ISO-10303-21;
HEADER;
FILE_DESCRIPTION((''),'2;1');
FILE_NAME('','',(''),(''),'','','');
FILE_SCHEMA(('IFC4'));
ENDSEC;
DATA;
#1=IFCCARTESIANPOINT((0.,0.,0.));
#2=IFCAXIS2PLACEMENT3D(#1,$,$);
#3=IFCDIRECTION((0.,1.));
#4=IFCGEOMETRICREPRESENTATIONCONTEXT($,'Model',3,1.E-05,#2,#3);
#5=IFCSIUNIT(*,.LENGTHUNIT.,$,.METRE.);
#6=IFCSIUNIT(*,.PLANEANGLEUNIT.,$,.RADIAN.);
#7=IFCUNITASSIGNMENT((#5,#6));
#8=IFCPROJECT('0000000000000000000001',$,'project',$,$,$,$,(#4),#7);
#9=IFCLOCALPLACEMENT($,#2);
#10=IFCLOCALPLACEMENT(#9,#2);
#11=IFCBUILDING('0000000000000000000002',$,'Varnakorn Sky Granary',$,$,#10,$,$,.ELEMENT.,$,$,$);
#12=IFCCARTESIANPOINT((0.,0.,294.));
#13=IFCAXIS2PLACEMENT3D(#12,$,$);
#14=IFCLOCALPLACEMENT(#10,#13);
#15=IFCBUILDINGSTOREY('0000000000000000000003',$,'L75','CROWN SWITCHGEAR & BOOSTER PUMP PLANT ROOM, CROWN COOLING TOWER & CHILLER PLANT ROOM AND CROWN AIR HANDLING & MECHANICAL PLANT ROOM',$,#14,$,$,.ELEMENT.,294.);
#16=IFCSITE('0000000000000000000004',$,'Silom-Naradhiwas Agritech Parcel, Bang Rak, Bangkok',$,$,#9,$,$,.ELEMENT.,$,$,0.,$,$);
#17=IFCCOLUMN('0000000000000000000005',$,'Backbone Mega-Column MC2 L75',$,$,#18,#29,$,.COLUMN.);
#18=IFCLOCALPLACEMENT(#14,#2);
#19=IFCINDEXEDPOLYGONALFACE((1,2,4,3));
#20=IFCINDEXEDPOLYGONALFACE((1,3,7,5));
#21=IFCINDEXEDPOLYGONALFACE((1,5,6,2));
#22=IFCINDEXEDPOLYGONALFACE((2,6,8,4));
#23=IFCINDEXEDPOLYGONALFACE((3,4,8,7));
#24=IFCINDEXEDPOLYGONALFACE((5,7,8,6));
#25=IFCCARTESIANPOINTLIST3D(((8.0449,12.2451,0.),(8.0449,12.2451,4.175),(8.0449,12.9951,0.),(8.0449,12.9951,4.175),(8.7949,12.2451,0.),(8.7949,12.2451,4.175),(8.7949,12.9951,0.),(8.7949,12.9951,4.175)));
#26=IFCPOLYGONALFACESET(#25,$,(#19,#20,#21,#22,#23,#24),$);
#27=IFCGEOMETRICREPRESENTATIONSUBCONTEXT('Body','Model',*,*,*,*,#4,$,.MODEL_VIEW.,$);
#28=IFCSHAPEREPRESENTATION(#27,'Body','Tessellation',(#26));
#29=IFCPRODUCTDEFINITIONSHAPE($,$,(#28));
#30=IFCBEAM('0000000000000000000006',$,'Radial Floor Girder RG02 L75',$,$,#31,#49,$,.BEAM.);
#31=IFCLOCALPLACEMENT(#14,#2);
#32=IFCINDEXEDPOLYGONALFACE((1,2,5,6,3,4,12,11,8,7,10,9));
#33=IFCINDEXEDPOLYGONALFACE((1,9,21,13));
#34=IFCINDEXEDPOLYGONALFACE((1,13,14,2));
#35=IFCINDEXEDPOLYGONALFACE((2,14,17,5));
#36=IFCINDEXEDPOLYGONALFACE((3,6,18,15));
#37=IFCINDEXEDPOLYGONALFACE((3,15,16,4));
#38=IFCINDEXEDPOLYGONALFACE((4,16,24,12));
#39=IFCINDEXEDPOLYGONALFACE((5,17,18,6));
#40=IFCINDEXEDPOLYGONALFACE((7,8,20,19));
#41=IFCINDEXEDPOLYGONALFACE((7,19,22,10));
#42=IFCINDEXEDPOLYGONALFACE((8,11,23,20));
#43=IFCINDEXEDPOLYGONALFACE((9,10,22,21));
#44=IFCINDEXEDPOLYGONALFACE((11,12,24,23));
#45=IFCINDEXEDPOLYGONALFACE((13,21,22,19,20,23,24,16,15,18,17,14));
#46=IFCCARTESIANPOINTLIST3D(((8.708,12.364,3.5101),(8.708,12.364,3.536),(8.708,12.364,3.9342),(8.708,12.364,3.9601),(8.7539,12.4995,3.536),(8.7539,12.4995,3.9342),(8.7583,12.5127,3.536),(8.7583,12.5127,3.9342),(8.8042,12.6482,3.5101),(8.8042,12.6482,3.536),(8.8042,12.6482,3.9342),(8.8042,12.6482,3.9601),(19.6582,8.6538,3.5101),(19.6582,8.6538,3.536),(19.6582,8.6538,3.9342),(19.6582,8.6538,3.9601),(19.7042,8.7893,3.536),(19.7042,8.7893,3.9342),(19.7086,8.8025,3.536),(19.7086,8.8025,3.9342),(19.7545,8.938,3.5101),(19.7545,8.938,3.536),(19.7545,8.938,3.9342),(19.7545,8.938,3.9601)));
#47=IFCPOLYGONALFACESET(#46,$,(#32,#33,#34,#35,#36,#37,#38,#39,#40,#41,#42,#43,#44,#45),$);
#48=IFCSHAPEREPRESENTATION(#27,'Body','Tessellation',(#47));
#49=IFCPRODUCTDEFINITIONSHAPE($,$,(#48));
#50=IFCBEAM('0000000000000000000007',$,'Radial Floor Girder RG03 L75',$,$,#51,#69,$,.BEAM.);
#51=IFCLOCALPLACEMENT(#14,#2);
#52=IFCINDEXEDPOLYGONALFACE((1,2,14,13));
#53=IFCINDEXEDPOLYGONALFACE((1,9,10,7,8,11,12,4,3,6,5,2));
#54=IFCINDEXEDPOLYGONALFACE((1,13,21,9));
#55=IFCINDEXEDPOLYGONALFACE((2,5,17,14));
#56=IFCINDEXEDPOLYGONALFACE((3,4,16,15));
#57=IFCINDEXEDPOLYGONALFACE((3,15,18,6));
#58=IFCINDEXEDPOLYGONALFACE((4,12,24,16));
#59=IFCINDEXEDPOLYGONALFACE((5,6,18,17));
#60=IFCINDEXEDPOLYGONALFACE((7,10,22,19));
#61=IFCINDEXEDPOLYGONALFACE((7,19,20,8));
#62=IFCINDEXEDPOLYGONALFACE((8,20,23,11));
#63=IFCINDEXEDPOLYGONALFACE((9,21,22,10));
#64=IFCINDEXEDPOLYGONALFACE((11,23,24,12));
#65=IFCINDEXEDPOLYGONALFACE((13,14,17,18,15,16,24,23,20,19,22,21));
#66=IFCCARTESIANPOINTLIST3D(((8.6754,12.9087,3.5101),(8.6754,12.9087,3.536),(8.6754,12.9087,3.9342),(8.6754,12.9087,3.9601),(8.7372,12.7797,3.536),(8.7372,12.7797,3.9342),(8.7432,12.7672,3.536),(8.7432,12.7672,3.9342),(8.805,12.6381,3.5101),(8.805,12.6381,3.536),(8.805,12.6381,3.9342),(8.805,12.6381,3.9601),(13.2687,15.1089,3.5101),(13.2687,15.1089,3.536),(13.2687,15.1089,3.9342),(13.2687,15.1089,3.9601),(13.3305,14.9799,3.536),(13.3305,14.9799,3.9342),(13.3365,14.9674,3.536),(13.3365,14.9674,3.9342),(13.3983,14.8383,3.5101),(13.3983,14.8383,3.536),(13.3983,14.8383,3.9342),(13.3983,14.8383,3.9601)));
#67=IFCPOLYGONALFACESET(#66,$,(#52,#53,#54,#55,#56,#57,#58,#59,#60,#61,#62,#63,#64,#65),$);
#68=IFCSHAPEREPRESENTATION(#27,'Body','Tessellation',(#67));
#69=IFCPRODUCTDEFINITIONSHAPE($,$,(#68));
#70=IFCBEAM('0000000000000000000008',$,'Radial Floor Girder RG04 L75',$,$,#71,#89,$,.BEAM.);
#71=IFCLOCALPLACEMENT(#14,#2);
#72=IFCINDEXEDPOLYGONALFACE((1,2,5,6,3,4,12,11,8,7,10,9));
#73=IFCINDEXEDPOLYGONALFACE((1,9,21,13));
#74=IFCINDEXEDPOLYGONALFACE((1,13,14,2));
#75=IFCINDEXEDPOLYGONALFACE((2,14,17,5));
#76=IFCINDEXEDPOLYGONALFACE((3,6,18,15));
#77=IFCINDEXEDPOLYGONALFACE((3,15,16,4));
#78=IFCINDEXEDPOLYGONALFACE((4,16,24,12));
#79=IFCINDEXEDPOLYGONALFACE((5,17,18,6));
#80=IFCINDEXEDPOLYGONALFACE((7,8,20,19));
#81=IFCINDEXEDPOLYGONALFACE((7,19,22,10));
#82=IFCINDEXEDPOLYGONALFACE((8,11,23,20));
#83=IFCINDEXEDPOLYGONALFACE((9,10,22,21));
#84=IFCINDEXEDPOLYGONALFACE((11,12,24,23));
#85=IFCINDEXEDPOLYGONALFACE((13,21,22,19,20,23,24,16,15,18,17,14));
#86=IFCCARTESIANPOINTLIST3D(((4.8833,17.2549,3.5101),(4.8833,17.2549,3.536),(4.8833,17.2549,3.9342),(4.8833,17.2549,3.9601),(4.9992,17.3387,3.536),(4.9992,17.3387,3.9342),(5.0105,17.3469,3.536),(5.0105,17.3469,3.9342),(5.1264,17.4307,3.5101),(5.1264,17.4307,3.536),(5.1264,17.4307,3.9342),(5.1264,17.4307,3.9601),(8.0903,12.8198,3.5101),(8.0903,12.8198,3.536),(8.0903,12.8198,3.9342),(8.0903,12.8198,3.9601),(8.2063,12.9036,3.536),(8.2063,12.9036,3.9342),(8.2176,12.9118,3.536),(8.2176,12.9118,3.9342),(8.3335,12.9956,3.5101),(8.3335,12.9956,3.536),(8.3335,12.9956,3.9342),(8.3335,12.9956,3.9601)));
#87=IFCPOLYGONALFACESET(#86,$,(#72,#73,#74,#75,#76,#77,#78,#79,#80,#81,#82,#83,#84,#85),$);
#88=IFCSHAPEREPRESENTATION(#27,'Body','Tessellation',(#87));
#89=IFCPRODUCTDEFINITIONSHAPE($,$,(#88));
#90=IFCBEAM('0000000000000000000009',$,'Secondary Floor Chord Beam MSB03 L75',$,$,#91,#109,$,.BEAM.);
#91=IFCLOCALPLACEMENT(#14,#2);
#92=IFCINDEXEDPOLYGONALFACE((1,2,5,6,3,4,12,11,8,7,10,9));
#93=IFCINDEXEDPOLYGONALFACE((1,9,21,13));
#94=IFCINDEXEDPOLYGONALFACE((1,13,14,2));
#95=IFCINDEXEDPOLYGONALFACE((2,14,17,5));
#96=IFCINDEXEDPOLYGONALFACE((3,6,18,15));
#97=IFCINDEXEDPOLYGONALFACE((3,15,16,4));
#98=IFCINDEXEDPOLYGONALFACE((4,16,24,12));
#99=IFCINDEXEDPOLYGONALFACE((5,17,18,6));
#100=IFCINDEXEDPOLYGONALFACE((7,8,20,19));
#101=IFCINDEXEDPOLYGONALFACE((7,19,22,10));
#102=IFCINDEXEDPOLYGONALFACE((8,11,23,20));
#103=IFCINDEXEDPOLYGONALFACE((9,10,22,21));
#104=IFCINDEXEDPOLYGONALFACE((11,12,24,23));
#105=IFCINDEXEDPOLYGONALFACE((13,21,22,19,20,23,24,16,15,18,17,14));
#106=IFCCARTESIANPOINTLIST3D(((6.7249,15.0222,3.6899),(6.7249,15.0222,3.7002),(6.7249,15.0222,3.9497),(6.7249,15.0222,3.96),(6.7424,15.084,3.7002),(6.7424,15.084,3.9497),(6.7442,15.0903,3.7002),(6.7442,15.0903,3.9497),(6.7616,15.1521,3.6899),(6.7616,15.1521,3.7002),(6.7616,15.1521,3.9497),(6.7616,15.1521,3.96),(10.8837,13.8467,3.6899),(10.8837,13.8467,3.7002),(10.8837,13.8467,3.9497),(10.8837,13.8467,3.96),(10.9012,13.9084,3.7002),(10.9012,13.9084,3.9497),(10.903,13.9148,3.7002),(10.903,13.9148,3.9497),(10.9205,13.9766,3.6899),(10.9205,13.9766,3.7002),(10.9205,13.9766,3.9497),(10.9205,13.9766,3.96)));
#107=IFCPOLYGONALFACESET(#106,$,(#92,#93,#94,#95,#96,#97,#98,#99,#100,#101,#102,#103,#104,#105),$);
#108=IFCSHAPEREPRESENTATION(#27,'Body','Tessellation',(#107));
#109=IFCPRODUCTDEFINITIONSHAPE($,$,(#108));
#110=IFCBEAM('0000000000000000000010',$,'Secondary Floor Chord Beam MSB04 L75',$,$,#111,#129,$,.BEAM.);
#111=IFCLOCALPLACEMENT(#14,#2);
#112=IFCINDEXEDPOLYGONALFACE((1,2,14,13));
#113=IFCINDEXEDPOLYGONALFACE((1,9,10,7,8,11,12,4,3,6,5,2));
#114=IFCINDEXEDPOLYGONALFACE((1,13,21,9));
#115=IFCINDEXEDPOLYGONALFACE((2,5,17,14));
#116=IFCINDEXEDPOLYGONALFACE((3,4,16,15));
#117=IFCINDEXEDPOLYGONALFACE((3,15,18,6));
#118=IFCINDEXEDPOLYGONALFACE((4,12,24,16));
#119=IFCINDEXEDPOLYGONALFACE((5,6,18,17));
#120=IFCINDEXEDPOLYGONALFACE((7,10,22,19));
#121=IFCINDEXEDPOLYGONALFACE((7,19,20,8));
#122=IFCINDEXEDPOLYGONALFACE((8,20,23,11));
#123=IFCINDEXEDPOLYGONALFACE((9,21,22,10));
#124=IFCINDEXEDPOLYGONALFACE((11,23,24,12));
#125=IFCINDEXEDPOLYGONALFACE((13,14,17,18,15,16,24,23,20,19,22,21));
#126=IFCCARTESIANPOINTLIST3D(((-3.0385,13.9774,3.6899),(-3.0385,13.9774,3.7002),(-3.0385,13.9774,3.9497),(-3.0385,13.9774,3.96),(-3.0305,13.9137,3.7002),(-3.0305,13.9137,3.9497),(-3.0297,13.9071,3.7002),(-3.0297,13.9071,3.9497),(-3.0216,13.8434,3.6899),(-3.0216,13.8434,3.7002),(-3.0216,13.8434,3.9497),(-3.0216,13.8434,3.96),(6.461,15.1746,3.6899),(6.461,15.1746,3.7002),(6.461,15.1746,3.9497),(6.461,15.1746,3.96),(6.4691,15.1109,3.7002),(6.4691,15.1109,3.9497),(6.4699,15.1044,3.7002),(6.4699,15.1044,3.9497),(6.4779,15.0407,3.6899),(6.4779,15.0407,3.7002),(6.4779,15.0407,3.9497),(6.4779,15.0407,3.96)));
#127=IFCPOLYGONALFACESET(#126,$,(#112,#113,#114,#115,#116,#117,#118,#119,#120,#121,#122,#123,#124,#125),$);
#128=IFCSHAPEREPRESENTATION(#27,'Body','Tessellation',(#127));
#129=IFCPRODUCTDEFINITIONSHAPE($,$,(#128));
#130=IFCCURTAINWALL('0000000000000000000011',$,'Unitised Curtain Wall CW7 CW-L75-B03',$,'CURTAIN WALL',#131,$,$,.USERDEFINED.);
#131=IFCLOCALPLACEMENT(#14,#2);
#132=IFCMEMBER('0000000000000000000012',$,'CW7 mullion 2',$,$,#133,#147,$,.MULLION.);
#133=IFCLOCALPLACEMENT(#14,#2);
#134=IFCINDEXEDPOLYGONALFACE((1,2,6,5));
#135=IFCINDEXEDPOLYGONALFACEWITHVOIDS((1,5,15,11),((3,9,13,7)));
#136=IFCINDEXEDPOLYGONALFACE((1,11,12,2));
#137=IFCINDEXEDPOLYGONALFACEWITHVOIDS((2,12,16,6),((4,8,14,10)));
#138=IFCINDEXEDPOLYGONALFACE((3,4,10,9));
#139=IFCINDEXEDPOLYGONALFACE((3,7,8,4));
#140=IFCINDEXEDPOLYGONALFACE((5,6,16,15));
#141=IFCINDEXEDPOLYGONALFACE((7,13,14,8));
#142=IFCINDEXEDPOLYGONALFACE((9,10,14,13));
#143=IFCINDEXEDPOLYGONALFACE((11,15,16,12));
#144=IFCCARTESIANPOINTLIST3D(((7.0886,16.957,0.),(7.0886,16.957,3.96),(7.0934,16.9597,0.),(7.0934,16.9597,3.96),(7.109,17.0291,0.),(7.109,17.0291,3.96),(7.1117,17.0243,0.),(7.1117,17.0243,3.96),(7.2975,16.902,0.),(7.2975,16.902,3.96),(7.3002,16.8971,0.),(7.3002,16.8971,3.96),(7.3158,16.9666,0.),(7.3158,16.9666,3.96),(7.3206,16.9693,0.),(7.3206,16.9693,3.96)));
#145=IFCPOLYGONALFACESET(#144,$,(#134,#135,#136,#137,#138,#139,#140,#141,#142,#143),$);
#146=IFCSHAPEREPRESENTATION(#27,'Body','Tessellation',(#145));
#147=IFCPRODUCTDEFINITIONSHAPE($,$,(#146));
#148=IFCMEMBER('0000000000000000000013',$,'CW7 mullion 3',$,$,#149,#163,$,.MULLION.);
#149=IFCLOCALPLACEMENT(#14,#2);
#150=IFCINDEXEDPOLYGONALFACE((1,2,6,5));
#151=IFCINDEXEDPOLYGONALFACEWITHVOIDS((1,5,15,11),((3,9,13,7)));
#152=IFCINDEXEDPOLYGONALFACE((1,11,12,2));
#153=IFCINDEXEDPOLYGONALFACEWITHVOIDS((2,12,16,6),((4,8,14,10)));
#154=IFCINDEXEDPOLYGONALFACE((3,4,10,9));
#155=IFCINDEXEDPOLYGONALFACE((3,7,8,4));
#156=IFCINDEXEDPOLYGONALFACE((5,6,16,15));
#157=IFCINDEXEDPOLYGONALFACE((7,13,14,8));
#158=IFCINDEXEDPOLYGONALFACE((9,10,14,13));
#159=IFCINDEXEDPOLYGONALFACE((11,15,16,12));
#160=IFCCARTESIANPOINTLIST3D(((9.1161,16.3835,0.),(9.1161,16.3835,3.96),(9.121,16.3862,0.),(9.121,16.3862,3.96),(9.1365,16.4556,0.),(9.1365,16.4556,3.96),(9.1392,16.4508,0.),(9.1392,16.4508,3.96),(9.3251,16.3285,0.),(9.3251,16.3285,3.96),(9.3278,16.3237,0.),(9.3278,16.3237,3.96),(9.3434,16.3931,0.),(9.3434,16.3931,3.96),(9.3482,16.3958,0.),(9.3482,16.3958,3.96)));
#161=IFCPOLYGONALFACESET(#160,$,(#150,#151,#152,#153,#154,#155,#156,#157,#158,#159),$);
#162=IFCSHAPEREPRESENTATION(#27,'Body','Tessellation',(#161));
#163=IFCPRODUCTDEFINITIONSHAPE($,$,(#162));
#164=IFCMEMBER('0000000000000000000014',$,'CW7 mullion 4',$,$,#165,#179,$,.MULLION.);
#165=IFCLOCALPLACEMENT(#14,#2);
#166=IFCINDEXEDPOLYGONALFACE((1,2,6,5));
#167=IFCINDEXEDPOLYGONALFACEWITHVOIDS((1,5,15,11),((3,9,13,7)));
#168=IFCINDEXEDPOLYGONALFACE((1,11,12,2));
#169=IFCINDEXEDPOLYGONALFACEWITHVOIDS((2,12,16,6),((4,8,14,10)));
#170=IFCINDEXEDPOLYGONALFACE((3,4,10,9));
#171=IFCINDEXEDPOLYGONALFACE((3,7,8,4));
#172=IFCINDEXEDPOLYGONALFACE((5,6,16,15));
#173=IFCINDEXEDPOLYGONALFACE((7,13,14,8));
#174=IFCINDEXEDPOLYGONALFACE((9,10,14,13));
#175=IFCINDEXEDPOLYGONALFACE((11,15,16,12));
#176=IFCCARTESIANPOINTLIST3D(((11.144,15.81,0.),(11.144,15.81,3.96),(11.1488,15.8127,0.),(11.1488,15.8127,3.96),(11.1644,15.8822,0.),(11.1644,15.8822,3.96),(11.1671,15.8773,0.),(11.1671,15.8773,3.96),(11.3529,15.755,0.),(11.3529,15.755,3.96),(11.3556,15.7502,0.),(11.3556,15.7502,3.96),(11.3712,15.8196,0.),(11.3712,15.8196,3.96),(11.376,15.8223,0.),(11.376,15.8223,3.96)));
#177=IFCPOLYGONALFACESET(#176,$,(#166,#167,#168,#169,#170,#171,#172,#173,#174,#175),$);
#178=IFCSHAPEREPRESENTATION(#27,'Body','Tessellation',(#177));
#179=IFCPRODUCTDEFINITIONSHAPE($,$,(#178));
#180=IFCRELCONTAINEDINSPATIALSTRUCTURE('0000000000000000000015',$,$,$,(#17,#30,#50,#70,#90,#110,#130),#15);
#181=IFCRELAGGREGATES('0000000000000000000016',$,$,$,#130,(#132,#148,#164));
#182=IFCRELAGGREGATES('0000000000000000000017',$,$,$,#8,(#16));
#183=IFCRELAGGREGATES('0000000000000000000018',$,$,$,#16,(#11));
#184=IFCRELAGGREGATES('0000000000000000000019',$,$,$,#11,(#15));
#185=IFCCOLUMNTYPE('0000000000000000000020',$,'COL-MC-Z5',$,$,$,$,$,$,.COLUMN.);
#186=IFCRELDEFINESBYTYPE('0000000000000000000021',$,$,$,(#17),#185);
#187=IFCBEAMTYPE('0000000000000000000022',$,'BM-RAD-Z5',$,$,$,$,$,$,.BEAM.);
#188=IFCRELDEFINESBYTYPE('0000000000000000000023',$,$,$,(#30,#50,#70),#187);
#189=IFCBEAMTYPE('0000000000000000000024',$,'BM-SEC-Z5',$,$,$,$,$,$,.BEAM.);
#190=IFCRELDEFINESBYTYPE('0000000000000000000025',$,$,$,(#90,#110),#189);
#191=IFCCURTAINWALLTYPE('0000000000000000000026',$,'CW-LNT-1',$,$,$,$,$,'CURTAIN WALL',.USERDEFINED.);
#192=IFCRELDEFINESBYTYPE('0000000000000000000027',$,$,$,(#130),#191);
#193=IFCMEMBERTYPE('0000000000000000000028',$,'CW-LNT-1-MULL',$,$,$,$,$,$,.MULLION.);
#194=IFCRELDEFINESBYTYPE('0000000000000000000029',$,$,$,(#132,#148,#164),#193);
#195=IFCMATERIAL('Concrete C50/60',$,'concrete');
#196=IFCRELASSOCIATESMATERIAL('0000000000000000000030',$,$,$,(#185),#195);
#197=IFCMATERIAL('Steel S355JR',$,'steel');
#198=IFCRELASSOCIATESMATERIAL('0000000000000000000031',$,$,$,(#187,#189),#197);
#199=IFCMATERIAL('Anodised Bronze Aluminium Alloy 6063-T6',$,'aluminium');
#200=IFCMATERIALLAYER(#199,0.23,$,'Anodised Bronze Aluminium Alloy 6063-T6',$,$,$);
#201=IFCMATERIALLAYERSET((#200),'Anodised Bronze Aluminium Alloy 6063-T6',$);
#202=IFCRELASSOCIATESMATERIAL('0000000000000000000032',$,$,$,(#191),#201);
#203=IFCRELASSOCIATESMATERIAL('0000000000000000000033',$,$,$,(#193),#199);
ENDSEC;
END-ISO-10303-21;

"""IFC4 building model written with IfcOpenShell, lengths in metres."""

from ifc_helpers import new_model, si_unit, direction, frame, origin, origin_2d, place, context, subcontext, project, spatial, rectangle, hollow_rectangle, i_section, extrude, material, layer, layer_set, material_profile, profile_set, type_object, element, aggregate, save


model = new_model("IFC4")

# Units and contexts
model_context = context("Model", 3, precision=1e-05, world=origin(), true_north=direction((0.0, 1.0)))
body_context = subcontext(model_context, "Body", "Model", "MODEL_VIEW")
ifc_project = project(units=[si_unit("LENGTHUNIT", "METRE"), si_unit("PLANEANGLEUNIT", "RADIAN")], contexts=[model_context])

# Site, building, storey
site_placement = place(None, origin())
site = spatial("IfcSite", under=ifc_project, at=site_placement, Name="Silom-Naradhiwas Agritech Parcel, Bang Rak, Bangkok", CompositionType="ELEMENT", RefElevation=0.0)
building_placement = place(site_placement, origin())
building = spatial("IfcBuilding", under=site, at=building_placement, Name="Varnakorn Sky Granary", CompositionType="ELEMENT")
storey_placement = place(building_placement, frame((0.0, 0.0, 294.0)))
storey = spatial("IfcBuildingStorey", under=building, at=storey_placement, Name="L75", Description="CROWN SWITCHGEAR & BOOSTER PUMP PLANT ROOM, CROWN COOLING TOWER & CHILLER PLANT ROOM AND CROWN AIR HANDLING & MECHANICAL PLANT ROOM", CompositionType="ELEMENT", Elevation=294.0)

# Column
ifc_material_1 = material(Name="Concrete C50/60", Category="concrete")
ifc_material_profile_1 = material_profile(ifc_material_1, rectangle(XDim=0.75, YDim=0.75, at=origin_2d()), Name="RC 750x750")
ifc_profile_set_1 = profile_set([ifc_material_profile_1], Name="Concrete C50/60")
column_type = type_object("IfcColumnType", Name="COL-MC-Z5", PredefinedType="COLUMN", material=ifc_profile_set_1)
column_placement = place(storey_placement, frame((8.4199, 12.6201, 0.0), z_axis=(0.0, 0.0, 1.0), x_axis=(1.0, 0.0, 0.0)))
element("IfcColumn", 1, at=column_placement, inside=storey, type_object=column_type, Name="Backbone Mega-Column MC2 L75", PredefinedType="COLUMN", context=body_context, shape_type="SweptSolid", body=[
    extrude(rectangle(XDim=0.75, YDim=0.75, at=origin_2d()), origin(), (0.0, 0.0, 1.0), 4.175),
])

# Beams
ifc_material_2 = material(Name="Steel S355JR", Category="steel")
ifc_material_profile_2 = material_profile(ifc_material_2, i_section(OverallWidth=0.3, OverallDepth=0.45, WebThickness=0.0139, FlangeThickness=0.0259, at=origin_2d()), Name="HE 450 B")
ifc_profile_set_2 = profile_set([ifc_material_profile_2], Name="Steel S355JR")
beam_type_1 = type_object("IfcBeamType", Name="BM-RAD-Z5", PredefinedType="BEAM", material=ifc_profile_set_2)
beam_1_placement = place(storey_placement, frame((8.7561, 12.5061, 3.7351), z_axis=(0.947111, -0.320905, 0.0), x_axis=(0.320905, 0.947111, 0.0)))
element("IfcBeam", 2, at=beam_1_placement, inside=storey, type_object=beam_type_1, Name="Radial Floor Girder RG02 L75", PredefinedType="BEAM", context=body_context, shape_type="SweptSolid", body=[
    extrude(i_section(OverallWidth=0.3, OverallDepth=0.45, WebThickness=0.0139, FlangeThickness=0.0259, at=origin_2d()), origin(), (0.0, 0.0, 1.0), 11.5618),
])
beam_2_placement = place(storey_placement, frame((8.7402, 12.7734, 3.7351), z_axis=(0.901873, 0.432002, 0.0), x_axis=(-0.432002, 0.901873, 0.0)))
element("IfcBeam", 3, at=beam_2_placement, inside=storey, type_object=beam_type_1, Name="Radial Floor Girder RG03 L75", PredefinedType="BEAM", context=body_context, shape_type="SweptSolid", body=[
    extrude(i_section(OverallWidth=0.3, OverallDepth=0.45, WebThickness=0.0139, FlangeThickness=0.0259, at=origin_2d()), origin(), (0.0, 0.0, 1.0), 5.093),
])
beam_3_placement = place(storey_placement, frame((8.2119, 12.9077, 3.7351), z_axis=(-0.585963, 0.810338, 0.0), x_axis=(-0.810338, -0.585963, 0.0)))
element("IfcBeam", 4, at=beam_3_placement, inside=storey, type_object=beam_type_1, Name="Radial Floor Girder RG04 L75", PredefinedType="BEAM", context=body_context, shape_type="SweptSolid", body=[
    extrude(i_section(OverallWidth=0.3, OverallDepth=0.45, WebThickness=0.0139, FlangeThickness=0.0259, at=origin_2d()), origin(), (0.0, 0.0, 1.0), 5.4731),
])
ifc_material_profile_3 = material_profile(ifc_material_2, i_section(OverallWidth=0.135, OverallDepth=0.27, WebThickness=0.0066, FlangeThickness=0.0103, at=origin_2d()), Name="IPE 270")
ifc_profile_set_3 = profile_set([ifc_material_profile_3], Name="Steel S355JR")
beam_type_2 = type_object("IfcBeamType", Name="BM-SEC-Z5", PredefinedType="BEAM", material=ifc_profile_set_3)
beam_4_placement = place(storey_placement, frame((10.9021, 13.9116, 3.825), z_axis=(-0.962298, 0.271997, 0.0), x_axis=(-0.271997, -0.962298, 0.0)))
element("IfcBeam", 5, at=beam_4_placement, inside=storey, type_object=beam_type_2, Name="Secondary Floor Chord Beam MSB03 L75", PredefinedType="BEAM", context=body_context, shape_type="SweptSolid", body=[
    extrude(i_section(OverallWidth=0.135, OverallDepth=0.27, WebThickness=0.0066, FlangeThickness=0.0103, at=origin_2d()), origin(), (0.0, 0.0, 1.0), 4.3218),
])
beam_5_placement = place(storey_placement, frame((6.4695, 15.1077, 3.825), z_axis=(-0.992151, -0.125045, 0.0), x_axis=(0.125045, -0.992151, 0.0)))
element("IfcBeam", 6, at=beam_5_placement, inside=storey, type_object=beam_type_2, Name="Secondary Floor Chord Beam MSB04 L75", PredefinedType="BEAM", context=body_context, shape_type="SweptSolid", body=[
    extrude(i_section(OverallWidth=0.135, OverallDepth=0.27, WebThickness=0.0066, FlangeThickness=0.0103, at=origin_2d()), origin(), (0.0, 0.0, 1.0), 9.5747),
])

# Curtain wall, members
ifc_material_3 = material(Name="Anodised Bronze Aluminium Alloy 6063-T6", Category="aluminium")
ifc_layer_1 = layer(ifc_material_3, 0.23, Name="Anodised Bronze Aluminium Alloy 6063-T6")
ifc_layer_set_1 = layer_set([ifc_layer_1], Name="Anodised Bronze Aluminium Alloy 6063-T6")
curtain_wall_type = type_object("IfcCurtainWallType", Name="CW-LNT-1", ElementType="CURTAIN WALL", PredefinedType="USERDEFINED", material=ifc_layer_set_1)
curtain_wall_placement = place(storey_placement, origin())
curtain_wall = element("IfcCurtainWall", 7, at=curtain_wall_placement, inside=storey, type_object=curtain_wall_type, Name="Unitised Curtain Wall CW7 CW-L75-B03", ObjectType="CURTAIN WALL", PredefinedType="USERDEFINED")
ifc_material_profile_4 = material_profile(ifc_material_3, hollow_rectangle(XDim=0.075, YDim=0.22, WallThickness=0.0039, at=origin_2d()), Name="ALU MULL 75x220")
ifc_profile_set_4 = profile_set([ifc_material_profile_4], Name="Anodised Bronze Aluminium Alloy 6063-T6")
member_type_1 = type_object("IfcMemberType", Name="CW-LNT-1-MULL", PredefinedType="MULLION", material=ifc_profile_set_4)
member_1_placement = place(storey_placement, frame((7.2046, 16.9631, 0.0), z_axis=(0.0, 0.0, 1.0), x_axis=(0.272147, 0.962256, 0.0)))
member_1 = element("IfcMember", 8, at=member_1_placement, type_object=member_type_1, Name="CW7 mullion 2", PredefinedType="MULLION", context=body_context, shape_type="SweptSolid", body=[
    extrude(hollow_rectangle(XDim=0.075, YDim=0.22, WallThickness=0.0039, at=origin_2d()), origin(), (0.0, 0.0, 1.0), 3.96),
])
member_2_placement = place(storey_placement, frame((9.2322, 16.3896, 0.0), z_axis=(0.0, 0.0, 1.0), x_axis=(0.272147, 0.962256, 0.0)))
member_2 = element("IfcMember", 9, at=member_2_placement, type_object=member_type_1, Name="CW7 mullion 3", PredefinedType="MULLION", context=body_context, shape_type="SweptSolid", body=[
    extrude(hollow_rectangle(XDim=0.075, YDim=0.22, WallThickness=0.0039, at=origin_2d()), origin(), (0.0, 0.0, 1.0), 3.96),
])
member_3_placement = place(storey_placement, frame((11.26, 15.8162, 0.0), z_axis=(0.0, 0.0, 1.0), x_axis=(0.272147, 0.962256, 0.0)))
member_3 = element("IfcMember", 10, at=member_3_placement, type_object=member_type_1, Name="CW7 mullion 4", PredefinedType="MULLION", context=body_context, shape_type="SweptSolid", body=[
    extrude(hollow_rectangle(XDim=0.075, YDim=0.22, WallThickness=0.0039, at=origin_2d()), origin(), (0.0, 0.0, 1.0), 3.96),
])
aggregate(curtain_wall, [member_1, member_2, member_3])

save(model, "model.ifc")
